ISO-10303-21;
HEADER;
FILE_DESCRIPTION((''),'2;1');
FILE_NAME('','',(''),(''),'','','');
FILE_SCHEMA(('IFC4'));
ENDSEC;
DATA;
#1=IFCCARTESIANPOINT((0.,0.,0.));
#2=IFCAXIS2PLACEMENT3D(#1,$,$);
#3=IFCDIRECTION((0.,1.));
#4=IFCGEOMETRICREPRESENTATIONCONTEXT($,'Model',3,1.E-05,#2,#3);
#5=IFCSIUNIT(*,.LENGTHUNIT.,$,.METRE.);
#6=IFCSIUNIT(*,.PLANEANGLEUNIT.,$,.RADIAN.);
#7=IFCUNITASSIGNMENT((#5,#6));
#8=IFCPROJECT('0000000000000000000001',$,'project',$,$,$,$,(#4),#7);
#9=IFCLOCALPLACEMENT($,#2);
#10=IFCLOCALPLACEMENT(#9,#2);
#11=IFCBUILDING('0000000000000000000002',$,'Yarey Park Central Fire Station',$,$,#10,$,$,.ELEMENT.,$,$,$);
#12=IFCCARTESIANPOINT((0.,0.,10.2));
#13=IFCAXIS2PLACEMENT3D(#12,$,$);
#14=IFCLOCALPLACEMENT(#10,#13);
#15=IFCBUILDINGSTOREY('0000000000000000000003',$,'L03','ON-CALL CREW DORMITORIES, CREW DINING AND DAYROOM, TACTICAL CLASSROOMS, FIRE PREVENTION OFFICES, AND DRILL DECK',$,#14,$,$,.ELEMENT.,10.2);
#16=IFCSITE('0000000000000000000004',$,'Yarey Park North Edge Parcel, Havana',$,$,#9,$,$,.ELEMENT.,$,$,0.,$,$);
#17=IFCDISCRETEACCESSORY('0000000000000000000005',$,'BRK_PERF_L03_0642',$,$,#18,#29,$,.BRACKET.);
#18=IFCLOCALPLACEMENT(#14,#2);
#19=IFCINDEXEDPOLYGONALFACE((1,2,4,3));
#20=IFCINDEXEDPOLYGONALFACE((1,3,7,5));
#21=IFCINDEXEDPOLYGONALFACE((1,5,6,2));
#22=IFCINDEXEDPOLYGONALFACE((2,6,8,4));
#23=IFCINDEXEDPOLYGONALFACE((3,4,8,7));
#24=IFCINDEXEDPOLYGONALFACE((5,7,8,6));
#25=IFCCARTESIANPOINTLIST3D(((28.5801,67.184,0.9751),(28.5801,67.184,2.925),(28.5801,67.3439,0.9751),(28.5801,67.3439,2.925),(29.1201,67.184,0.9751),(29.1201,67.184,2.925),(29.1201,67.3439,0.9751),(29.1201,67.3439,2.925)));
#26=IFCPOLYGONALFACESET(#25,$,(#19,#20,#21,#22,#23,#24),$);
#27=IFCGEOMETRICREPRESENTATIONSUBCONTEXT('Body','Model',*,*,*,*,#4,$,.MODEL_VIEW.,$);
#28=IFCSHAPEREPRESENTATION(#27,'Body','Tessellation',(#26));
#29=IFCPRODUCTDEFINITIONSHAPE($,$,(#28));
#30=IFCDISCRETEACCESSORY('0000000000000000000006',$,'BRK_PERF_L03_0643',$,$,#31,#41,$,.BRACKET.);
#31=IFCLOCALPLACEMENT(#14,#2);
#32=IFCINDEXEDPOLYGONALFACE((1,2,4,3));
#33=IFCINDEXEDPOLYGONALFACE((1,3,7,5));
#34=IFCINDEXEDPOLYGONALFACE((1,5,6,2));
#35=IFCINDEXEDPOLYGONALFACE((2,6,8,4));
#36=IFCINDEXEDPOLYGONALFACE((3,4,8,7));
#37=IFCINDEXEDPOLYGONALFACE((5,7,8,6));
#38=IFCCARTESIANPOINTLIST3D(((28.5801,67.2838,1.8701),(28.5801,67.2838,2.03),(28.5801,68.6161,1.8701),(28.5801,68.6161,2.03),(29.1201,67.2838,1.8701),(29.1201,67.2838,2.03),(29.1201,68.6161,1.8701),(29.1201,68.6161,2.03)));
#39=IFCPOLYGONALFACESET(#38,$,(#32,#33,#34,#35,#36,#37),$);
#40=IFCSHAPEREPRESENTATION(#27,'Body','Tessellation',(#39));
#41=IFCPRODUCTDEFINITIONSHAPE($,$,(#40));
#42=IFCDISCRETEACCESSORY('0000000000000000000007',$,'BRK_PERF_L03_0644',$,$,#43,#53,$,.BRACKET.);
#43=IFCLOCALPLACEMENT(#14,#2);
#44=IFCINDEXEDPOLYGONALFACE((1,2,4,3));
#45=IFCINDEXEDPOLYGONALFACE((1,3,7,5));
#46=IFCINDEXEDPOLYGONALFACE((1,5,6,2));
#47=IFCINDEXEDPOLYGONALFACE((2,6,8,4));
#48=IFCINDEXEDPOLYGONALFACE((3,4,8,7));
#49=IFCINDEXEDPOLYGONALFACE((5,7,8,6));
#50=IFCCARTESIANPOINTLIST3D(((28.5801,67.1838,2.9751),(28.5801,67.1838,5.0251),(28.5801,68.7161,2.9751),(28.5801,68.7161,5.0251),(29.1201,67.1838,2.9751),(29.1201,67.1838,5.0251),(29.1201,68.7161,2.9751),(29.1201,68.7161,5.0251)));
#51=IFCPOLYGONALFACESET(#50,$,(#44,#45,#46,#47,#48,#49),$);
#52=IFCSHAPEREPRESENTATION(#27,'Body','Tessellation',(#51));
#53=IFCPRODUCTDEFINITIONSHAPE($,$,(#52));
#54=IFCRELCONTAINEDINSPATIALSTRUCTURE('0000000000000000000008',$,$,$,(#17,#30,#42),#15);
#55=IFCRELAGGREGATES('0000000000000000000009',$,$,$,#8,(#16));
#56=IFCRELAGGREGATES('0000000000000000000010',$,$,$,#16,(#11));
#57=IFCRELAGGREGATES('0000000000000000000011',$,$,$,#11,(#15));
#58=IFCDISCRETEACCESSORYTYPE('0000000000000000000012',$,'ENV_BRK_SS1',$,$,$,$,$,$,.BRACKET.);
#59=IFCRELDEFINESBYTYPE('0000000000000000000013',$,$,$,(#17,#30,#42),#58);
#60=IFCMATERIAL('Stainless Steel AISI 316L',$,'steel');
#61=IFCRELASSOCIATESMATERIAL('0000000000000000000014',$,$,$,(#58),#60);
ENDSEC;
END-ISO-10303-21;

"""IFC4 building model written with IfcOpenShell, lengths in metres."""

from ifc_helpers import new_model, si_unit, direction, frame, origin, origin_2d, place, context, subcontext, project, spatial, rectangle, extrude, material, type_object, element, save


model = new_model("IFC4")

# Units and contexts
model_context = context("Model", 3, precision=1e-05, world=origin(), true_north=direction((0.0, 1.0)))
body_context = subcontext(model_context, "Body", "Model", "MODEL_VIEW")
ifc_project = project(units=[si_unit("LENGTHUNIT", "METRE"), si_unit("PLANEANGLEUNIT", "RADIAN")], contexts=[model_context])

# Site, building, storey
site_placement = place(None, origin())
site = spatial("IfcSite", under=ifc_project, at=site_placement, Name="Yarey Park North Edge Parcel, Havana", CompositionType="ELEMENT", RefElevation=0.0)
building_placement = place(site_placement, origin())
building = spatial("IfcBuilding", under=site, at=building_placement, Name="Yarey Park Central Fire Station", CompositionType="ELEMENT")
storey_placement = place(building_placement, frame((0.0, 0.0, 10.2)))
storey = spatial("IfcBuildingStorey", under=building, at=storey_placement, Name="L03", Description="ON-CALL CREW DORMITORIES, CREW DINING AND DAYROOM, TACTICAL CLASSROOMS, FIRE PREVENTION OFFICES, AND DRILL DECK", CompositionType="ELEMENT", Elevation=10.2)

# Discrete accessories
ifc_material_1 = material(Name="Stainless Steel AISI 316L", Category="steel")
discrete_accessory_type = type_object("IfcDiscreteAccessoryType", Name="ENV_BRK_SS1", PredefinedType="BRACKET", material=ifc_material_1)
discrete_accessory_1_placement = place(storey_placement, frame((28.8501, 67.2639, 0.9751), z_axis=(0.0, 0.0, 1.0), x_axis=(1.0, 0.0, 0.0)))
element("IfcDiscreteAccessory", 1, at=discrete_accessory_1_placement, inside=storey, type_object=discrete_accessory_type, Name="BRK_PERF_L03_0642", PredefinedType="BRACKET", context=body_context, shape_type="SweptSolid", body=[
    extrude(rectangle(XDim=0.54, YDim=0.1599, at=origin_2d()), origin(), (0.0, 0.0, 1.0), 1.95),
])
discrete_accessory_2_placement = place(storey_placement, frame((28.8501, 67.95, 1.8701), z_axis=(0.0, 0.0, 1.0), x_axis=(1.0, 0.0, 0.0)))
element("IfcDiscreteAccessory", 2, at=discrete_accessory_2_placement, inside=storey, type_object=discrete_accessory_type, Name="BRK_PERF_L03_0643", PredefinedType="BRACKET", context=body_context, shape_type="SweptSolid", body=[
    extrude(rectangle(XDim=0.54, YDim=1.3323, at=origin_2d()), origin(), (0.0, 0.0, 1.0), 0.1599),
])
discrete_accessory_3_placement = place(storey_placement, frame((28.8501, 67.95, 2.9751), z_axis=(0.0, 0.0, 1.0), x_axis=(1.0, 0.0, 0.0)))
element("IfcDiscreteAccessory", 3, at=discrete_accessory_3_placement, inside=storey, type_object=discrete_accessory_type, Name="BRK_PERF_L03_0644", PredefinedType="BRACKET", context=body_context, shape_type="SweptSolid", body=[
    extrude(rectangle(XDim=0.54, YDim=1.5322, at=origin_2d()), origin(), (0.0, 0.0, 1.0), 2.05),
])

save(model, "model.ifc")
